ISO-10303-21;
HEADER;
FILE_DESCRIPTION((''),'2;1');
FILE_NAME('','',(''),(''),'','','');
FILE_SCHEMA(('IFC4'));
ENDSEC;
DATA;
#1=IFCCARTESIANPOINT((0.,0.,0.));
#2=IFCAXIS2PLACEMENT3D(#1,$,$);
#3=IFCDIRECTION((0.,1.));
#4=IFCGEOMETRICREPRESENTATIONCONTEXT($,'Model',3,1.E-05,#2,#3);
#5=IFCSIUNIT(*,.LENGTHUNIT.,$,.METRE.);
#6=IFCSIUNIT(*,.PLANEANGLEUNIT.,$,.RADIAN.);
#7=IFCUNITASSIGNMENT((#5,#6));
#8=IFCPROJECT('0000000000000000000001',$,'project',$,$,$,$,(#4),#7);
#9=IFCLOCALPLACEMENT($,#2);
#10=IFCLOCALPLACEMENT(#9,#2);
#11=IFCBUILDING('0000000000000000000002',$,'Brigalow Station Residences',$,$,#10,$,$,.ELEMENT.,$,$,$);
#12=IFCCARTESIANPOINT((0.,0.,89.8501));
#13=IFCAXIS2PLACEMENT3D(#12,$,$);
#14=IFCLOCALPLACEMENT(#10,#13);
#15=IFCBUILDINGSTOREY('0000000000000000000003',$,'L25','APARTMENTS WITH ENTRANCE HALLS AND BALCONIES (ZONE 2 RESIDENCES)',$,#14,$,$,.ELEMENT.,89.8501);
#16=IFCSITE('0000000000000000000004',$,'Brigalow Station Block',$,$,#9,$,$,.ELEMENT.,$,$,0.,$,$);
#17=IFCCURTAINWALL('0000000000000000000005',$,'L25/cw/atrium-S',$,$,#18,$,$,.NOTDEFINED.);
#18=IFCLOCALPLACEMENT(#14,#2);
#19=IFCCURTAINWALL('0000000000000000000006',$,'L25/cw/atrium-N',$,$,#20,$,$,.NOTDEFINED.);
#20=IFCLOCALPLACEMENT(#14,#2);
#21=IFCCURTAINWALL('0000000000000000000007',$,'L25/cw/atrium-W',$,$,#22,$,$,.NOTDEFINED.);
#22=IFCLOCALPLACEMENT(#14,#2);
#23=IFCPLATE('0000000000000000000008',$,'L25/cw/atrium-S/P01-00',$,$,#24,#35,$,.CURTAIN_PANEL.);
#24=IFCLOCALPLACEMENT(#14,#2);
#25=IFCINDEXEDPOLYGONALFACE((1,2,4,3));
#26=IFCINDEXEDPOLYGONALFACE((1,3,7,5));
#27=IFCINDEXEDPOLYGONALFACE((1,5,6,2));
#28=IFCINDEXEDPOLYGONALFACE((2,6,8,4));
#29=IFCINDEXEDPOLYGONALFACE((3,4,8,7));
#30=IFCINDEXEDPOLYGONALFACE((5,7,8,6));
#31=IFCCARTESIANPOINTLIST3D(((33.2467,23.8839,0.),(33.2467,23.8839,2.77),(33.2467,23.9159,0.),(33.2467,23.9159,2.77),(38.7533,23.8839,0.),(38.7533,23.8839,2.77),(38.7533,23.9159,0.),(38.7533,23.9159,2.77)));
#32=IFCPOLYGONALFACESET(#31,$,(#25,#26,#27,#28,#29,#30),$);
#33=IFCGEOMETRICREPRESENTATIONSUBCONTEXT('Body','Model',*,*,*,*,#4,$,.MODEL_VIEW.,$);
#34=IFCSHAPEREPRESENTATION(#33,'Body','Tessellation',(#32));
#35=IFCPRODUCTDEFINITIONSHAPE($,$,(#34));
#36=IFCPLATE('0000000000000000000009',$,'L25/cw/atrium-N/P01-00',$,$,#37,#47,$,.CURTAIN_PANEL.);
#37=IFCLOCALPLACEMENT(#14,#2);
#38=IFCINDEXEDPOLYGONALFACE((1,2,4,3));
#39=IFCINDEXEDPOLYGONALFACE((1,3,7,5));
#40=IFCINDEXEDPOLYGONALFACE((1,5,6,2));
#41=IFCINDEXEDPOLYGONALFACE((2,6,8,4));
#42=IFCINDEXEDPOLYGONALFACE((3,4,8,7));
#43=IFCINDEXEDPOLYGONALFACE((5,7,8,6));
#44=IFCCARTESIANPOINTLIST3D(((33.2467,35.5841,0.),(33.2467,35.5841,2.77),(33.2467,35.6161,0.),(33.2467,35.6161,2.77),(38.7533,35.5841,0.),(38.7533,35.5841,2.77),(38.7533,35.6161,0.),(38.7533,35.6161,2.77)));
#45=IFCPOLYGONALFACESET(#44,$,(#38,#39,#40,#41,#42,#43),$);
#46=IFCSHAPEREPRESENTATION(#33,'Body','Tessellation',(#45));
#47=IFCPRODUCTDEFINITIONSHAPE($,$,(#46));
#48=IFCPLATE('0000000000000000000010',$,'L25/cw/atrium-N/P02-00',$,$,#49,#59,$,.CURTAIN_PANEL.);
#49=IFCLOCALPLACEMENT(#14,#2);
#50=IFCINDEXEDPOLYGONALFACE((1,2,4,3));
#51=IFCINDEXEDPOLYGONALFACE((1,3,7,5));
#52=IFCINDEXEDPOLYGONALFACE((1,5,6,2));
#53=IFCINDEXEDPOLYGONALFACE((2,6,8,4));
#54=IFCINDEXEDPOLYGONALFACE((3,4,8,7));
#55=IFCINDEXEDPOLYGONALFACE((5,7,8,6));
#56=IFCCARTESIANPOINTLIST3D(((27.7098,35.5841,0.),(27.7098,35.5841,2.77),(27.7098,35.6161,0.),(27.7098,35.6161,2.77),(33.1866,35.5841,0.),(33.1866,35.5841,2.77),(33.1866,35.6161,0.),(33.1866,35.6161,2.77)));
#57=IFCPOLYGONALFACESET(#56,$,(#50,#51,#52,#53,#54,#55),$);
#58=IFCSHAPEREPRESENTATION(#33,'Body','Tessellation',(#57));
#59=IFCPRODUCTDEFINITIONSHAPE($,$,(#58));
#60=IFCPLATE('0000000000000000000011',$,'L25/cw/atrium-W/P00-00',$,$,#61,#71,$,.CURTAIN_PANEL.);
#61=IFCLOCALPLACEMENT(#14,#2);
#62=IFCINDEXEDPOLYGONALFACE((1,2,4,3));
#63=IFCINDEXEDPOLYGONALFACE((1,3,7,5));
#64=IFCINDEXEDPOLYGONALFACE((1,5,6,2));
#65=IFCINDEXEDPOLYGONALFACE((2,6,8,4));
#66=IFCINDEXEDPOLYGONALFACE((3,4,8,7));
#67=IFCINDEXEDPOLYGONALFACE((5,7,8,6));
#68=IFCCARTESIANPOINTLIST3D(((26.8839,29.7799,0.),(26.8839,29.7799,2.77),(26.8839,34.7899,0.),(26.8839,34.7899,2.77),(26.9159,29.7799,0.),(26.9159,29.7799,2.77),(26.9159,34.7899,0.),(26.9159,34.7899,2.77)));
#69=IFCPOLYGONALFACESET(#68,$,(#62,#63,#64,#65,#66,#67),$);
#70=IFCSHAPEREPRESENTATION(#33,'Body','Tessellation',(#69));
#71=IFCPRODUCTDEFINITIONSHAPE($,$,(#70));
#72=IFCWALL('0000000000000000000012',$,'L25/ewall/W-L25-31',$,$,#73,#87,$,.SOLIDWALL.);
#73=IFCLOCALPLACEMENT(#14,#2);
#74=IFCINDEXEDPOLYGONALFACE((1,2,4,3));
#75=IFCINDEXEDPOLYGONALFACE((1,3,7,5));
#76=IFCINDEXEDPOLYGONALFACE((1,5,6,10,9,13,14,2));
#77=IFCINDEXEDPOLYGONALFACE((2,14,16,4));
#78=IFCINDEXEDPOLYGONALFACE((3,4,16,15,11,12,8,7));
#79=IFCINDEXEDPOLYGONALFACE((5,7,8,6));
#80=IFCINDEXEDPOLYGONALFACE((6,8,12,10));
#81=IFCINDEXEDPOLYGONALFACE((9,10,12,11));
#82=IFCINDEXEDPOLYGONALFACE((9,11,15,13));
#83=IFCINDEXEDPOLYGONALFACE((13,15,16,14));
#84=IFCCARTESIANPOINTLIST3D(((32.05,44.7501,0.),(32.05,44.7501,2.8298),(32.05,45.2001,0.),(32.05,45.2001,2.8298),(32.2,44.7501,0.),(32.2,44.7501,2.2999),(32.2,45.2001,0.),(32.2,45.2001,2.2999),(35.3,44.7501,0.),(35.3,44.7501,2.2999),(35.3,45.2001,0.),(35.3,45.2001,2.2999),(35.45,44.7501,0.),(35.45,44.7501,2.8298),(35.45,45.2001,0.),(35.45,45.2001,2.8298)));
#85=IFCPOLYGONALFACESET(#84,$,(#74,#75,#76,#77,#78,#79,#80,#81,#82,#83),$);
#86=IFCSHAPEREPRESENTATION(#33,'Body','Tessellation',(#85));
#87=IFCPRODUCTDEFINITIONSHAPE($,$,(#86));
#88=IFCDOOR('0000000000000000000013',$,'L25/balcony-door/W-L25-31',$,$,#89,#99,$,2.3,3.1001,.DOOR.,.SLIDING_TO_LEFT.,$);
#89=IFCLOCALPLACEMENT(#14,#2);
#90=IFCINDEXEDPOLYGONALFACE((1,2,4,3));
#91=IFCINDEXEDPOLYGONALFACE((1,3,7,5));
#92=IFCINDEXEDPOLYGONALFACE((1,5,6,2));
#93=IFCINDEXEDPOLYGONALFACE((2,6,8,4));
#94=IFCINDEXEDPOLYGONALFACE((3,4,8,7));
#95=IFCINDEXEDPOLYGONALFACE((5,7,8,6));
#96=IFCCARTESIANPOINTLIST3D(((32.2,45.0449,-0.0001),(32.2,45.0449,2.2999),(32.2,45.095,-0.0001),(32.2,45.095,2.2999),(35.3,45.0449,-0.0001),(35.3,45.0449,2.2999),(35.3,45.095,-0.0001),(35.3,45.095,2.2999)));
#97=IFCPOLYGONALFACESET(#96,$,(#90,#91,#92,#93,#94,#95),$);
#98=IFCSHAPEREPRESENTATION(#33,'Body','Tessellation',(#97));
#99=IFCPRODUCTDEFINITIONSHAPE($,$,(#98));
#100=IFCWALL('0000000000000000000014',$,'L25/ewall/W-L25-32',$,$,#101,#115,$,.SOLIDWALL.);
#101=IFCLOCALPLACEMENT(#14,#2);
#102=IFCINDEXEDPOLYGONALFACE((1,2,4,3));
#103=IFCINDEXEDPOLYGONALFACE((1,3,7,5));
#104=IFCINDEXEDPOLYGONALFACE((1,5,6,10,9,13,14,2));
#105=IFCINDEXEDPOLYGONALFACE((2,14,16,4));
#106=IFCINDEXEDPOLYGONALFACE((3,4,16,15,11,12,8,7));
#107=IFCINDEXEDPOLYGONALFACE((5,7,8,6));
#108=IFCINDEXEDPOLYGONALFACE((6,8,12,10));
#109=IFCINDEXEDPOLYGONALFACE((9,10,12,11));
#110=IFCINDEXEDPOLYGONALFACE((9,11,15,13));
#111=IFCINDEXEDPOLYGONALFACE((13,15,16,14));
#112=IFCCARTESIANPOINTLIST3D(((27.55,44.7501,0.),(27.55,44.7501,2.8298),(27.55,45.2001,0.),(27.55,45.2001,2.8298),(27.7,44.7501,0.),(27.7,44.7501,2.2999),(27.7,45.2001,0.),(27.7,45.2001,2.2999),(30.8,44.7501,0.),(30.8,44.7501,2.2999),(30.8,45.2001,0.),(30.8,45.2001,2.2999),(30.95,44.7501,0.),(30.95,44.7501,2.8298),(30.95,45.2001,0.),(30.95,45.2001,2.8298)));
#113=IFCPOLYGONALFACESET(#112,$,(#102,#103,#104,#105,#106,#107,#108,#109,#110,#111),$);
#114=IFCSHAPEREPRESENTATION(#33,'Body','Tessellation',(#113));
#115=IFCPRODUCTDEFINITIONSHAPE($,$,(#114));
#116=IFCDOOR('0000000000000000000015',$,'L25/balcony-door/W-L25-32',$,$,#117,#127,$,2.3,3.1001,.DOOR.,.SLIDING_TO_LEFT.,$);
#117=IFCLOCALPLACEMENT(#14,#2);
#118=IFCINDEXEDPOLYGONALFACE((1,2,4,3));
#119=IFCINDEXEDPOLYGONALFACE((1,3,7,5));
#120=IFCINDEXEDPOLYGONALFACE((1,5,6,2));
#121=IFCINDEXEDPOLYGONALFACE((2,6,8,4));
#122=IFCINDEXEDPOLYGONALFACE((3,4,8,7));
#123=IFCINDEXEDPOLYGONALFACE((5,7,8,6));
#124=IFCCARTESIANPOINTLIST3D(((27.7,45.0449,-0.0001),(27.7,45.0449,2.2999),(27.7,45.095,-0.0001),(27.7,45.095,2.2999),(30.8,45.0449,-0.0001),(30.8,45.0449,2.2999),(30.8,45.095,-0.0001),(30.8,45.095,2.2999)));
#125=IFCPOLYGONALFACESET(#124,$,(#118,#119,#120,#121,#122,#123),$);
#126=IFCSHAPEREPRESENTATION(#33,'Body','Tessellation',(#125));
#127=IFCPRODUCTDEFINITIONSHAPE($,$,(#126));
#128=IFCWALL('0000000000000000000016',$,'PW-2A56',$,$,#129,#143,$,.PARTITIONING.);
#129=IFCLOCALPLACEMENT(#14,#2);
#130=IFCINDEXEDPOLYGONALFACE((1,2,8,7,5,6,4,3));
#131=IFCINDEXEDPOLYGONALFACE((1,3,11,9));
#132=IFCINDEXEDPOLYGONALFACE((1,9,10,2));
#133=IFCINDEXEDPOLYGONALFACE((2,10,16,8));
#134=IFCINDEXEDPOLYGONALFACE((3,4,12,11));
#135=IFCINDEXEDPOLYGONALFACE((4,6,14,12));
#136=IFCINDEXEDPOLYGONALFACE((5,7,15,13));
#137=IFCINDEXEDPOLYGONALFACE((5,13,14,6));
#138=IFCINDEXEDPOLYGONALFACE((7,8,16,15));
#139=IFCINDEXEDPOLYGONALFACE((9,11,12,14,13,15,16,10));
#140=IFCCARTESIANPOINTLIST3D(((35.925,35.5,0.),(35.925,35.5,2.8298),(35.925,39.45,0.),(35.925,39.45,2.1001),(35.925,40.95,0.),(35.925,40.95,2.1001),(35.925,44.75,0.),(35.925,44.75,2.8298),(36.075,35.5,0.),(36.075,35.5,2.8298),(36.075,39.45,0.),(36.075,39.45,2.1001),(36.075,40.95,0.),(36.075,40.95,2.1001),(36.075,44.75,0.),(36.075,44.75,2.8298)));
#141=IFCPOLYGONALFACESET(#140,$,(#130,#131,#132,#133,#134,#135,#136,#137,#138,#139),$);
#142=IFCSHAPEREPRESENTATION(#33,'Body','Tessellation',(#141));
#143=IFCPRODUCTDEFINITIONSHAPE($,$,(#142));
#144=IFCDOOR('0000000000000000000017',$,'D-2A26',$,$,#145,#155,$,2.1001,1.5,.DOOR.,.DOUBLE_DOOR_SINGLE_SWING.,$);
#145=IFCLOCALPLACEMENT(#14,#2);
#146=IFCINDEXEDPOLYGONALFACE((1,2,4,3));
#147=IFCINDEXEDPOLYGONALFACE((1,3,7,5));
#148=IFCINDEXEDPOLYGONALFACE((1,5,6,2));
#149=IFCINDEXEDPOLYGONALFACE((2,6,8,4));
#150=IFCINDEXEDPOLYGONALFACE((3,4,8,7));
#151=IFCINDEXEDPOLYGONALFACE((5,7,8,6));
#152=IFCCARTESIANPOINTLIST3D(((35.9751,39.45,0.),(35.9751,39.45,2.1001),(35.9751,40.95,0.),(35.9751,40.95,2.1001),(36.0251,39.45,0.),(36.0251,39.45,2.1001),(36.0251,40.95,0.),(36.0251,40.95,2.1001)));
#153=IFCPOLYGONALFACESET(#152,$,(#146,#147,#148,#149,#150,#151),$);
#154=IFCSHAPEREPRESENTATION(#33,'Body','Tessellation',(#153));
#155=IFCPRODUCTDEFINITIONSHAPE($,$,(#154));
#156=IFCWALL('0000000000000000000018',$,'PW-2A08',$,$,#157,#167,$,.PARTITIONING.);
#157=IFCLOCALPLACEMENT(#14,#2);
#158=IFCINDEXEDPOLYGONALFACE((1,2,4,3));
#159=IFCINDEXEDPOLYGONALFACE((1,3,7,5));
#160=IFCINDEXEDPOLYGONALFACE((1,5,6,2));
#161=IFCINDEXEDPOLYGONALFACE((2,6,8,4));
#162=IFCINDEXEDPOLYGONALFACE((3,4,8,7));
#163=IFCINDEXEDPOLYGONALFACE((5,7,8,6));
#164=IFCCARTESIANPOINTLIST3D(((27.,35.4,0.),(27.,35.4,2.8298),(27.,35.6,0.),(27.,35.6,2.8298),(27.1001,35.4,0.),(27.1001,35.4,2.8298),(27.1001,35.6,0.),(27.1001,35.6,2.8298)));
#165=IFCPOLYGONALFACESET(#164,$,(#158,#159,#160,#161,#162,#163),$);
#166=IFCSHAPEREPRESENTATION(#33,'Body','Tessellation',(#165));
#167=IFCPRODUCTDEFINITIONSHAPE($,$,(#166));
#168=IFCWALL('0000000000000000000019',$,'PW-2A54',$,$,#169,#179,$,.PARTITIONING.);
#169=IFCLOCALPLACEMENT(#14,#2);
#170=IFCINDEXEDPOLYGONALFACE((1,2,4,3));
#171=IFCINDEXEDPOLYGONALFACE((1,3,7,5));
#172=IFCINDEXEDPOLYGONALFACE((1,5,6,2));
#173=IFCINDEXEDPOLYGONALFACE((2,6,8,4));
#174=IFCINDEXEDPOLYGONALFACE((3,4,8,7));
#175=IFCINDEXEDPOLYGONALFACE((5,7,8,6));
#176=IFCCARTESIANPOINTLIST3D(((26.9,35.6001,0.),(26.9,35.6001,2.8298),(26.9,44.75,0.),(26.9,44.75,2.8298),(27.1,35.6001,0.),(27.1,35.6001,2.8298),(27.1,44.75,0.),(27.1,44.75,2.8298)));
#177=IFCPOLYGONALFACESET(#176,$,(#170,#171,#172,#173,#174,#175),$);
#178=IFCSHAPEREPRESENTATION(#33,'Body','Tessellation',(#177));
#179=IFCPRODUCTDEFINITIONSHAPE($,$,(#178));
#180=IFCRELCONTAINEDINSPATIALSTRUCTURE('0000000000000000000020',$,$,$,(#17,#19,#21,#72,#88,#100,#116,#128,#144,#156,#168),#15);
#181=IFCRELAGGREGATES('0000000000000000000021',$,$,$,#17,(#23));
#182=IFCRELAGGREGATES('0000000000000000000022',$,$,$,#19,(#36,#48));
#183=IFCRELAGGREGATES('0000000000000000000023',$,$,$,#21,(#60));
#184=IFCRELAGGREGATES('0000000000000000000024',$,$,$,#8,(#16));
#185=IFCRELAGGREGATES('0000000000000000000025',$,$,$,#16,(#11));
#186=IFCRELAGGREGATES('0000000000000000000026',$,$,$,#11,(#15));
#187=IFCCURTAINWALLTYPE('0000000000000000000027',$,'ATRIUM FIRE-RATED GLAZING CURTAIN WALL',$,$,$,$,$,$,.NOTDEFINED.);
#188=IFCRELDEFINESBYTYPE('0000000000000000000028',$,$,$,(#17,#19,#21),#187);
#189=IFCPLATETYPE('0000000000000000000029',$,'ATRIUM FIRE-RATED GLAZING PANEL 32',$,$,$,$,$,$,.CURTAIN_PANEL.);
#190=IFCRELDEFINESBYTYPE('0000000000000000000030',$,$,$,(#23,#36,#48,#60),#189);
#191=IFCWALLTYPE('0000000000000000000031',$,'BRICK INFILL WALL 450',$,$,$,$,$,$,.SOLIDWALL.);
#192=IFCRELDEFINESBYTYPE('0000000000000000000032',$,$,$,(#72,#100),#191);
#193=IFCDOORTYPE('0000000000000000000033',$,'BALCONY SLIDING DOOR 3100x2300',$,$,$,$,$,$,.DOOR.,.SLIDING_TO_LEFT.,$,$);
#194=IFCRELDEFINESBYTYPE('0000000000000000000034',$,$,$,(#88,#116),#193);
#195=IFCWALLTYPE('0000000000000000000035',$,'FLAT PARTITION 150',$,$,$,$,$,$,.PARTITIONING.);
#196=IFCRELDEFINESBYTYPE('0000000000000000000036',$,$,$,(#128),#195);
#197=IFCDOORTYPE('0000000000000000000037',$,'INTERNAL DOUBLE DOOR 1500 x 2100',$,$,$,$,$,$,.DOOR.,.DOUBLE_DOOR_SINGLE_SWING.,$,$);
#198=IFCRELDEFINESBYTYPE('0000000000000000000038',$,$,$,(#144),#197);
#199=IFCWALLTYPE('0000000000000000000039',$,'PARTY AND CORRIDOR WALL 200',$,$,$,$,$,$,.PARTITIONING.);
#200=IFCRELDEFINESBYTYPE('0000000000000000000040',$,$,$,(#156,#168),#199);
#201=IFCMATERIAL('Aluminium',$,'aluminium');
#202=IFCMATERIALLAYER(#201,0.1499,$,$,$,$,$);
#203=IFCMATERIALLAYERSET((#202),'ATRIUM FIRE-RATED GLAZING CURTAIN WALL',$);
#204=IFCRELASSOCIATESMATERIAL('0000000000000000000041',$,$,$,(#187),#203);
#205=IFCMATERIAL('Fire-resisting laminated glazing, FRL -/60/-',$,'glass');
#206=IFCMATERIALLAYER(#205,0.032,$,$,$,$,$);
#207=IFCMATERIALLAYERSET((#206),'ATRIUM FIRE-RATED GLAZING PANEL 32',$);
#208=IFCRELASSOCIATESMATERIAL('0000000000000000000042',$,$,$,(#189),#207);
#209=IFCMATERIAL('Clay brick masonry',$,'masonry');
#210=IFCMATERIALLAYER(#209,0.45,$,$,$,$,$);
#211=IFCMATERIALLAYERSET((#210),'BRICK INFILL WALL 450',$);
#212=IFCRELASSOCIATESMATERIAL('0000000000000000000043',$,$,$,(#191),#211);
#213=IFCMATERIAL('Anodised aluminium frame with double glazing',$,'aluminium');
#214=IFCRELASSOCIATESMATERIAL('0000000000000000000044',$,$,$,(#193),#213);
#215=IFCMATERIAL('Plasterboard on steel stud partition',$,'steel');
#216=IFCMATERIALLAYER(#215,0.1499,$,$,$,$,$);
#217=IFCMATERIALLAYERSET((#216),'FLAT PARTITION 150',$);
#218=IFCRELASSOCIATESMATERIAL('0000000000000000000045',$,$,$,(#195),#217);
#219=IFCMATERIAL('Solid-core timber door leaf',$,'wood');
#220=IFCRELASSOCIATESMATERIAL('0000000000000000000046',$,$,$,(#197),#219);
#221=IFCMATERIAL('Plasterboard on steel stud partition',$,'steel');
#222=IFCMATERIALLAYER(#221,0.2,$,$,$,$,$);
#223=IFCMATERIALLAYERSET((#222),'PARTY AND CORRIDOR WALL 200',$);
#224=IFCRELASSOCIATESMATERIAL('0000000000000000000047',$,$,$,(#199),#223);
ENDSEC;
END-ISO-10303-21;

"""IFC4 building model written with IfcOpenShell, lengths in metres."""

from ifc_helpers import new_model, si_unit, direction, frame, frame_2d, origin, origin_2d, place, context, subcontext, project, spatial, rectangle, extrude, material, layer, layer_set, type_object, element, fill, aggregate, save


model = new_model("IFC4")

# Units and contexts
model_context = context("Model", 3, precision=1e-05, world=origin(), true_north=direction((0.0, 1.0)))
body_context = subcontext(model_context, "Body", "Model", "MODEL_VIEW")
ifc_project = project(units=[si_unit("LENGTHUNIT", "METRE"), si_unit("PLANEANGLEUNIT", "RADIAN")], contexts=[model_context])

# Site, building, storey
site_placement = place(None, origin())
site = spatial("IfcSite", under=ifc_project, at=site_placement, Name="Brigalow Station Block", CompositionType="ELEMENT", RefElevation=0.0)
building_placement = place(site_placement, origin())
building = spatial("IfcBuilding", under=site, at=building_placement, Name="Brigalow Station Residences", CompositionType="ELEMENT")
storey_placement = place(building_placement, frame((0.0, 0.0, 89.8501)))
storey = spatial("IfcBuildingStorey", under=building, at=storey_placement, Name="L25", Description="APARTMENTS WITH ENTRANCE HALLS AND BALCONIES (ZONE 2 RESIDENCES)", CompositionType="ELEMENT", Elevation=89.8501)

# Curtain wall
ifc_material_1 = material(Name="Aluminium", Category="aluminium")
ifc_layer_1 = layer(ifc_material_1, 0.1499)
ifc_layer_set_1 = layer_set([ifc_layer_1], Name="ATRIUM FIRE-RATED GLAZING CURTAIN WALL")
curtain_wall_type = type_object("IfcCurtainWallType", Name="ATRIUM FIRE-RATED GLAZING CURTAIN WALL", PredefinedType="NOTDEFINED", material=ifc_layer_set_1)
curtain_wall_1_placement = place(storey_placement, origin())
curtain_wall_1 = element("IfcCurtainWall", 1, at=curtain_wall_1_placement, inside=storey, type_object=curtain_wall_type, Name="L25/cw/atrium-S", PredefinedType="NOTDEFINED")

# Curtain wall
curtain_wall_2_placement = place(storey_placement, origin())
curtain_wall_2 = element("IfcCurtainWall", 2, at=curtain_wall_2_placement, inside=storey, type_object=curtain_wall_type, Name="L25/cw/atrium-N", PredefinedType="NOTDEFINED")

# Curtain wall
curtain_wall_3_placement = place(storey_placement, origin())
curtain_wall_3 = element("IfcCurtainWall", 3, at=curtain_wall_3_placement, inside=storey, type_object=curtain_wall_type, Name="L25/cw/atrium-W", PredefinedType="NOTDEFINED")

# Plates
ifc_material_2 = material(Name="Fire-resisting laminated glazing, FRL -/60/-", Category="glass")
ifc_layer_2 = layer(ifc_material_2, 0.032)
ifc_layer_set_2 = layer_set([ifc_layer_2], Name="ATRIUM FIRE-RATED GLAZING PANEL 32")
plate_type = type_object("IfcPlateType", Name="ATRIUM FIRE-RATED GLAZING PANEL 32", PredefinedType="CURTAIN_PANEL", material=ifc_layer_set_2)
plate_1_placement = place(storey_placement, frame((36.0, 23.8999, 0.0), z_axis=(0.0, 0.0, 1.0), x_axis=(1.0, 0.0, 0.0)))
plate_1 = element("IfcPlate", 4, at=plate_1_placement, type_object=plate_type, Name="L25/cw/atrium-S/P01-00", PredefinedType="CURTAIN_PANEL", context=body_context, shape_type="SweptSolid", body=[
    extrude(rectangle(XDim=5.5066, YDim=0.032, at=origin_2d()), origin(), (0.0, 0.0, 1.0), 2.77),
])
aggregate(curtain_wall_1, [plate_1])
plate_2_placement = place(storey_placement, frame((36.0, 35.6001, 0.0), z_axis=(0.0, 0.0, 1.0), x_axis=(-1.0, 0.0, 0.0)))
plate_2 = element("IfcPlate", 5, at=plate_2_placement, type_object=plate_type, Name="L25/cw/atrium-N/P01-00", PredefinedType="CURTAIN_PANEL", context=body_context, shape_type="SweptSolid", body=[
    extrude(rectangle(XDim=5.5066, YDim=0.032, at=origin_2d()), origin(), (0.0, 0.0, 1.0), 2.77),
])
plate_3_placement = place(storey_placement, frame((30.4482, 35.6001, 0.0), z_axis=(0.0, 0.0, 1.0), x_axis=(-1.0, 0.0, 0.0)))
plate_3 = element("IfcPlate", 6, at=plate_3_placement, type_object=plate_type, Name="L25/cw/atrium-N/P02-00", PredefinedType="CURTAIN_PANEL", context=body_context, shape_type="SweptSolid", body=[
    extrude(rectangle(XDim=5.4768, YDim=0.032, at=origin_2d()), origin(), (0.0, 0.0, 1.0), 2.77),
])
aggregate(curtain_wall_2, [plate_2, plate_3])
plate_4_placement = place(storey_placement, frame((26.8999, 32.2849, 0.0), z_axis=(0.0, 0.0, 1.0), x_axis=(0.0, -1.0, 0.0)))
plate_4 = element("IfcPlate", 7, at=plate_4_placement, type_object=plate_type, Name="L25/cw/atrium-W/P00-00", PredefinedType="CURTAIN_PANEL", context=body_context, shape_type="SweptSolid", body=[
    extrude(rectangle(XDim=5.01, YDim=0.032, at=origin_2d()), origin(), (0.0, 0.0, 1.0), 2.77),
])
aggregate(curtain_wall_3, [plate_4])

# Walls, openings, doors
ifc_material_3 = material(Name="Clay brick masonry", Category="masonry")
ifc_layer_3 = layer(ifc_material_3, 0.45)
ifc_layer_set_3 = layer_set([ifc_layer_3], Name="BRICK INFILL WALL 450")
wall_type_1 = type_object("IfcWallType", Name="BRICK INFILL WALL 450", PredefinedType="SOLIDWALL", material=ifc_layer_set_3)
wall_1_placement = place(storey_placement, frame((35.45, 44.9751, 0.0), z_axis=(0.0, 0.0, 1.0), x_axis=(-1.0, 0.0, 0.0)))
wall_1 = element("IfcWall", 8, at=wall_1_placement, inside=storey, type_object=wall_type_1, Name="L25/ewall/W-L25-31", PredefinedType="SOLIDWALL", context=body_context, shape_type="SweptSolid", body=[
    extrude(rectangle(XDim=3.3999, YDim=0.45, at=frame_2d((1.7, 0.0))), origin(), (0.0, 0.0, 1.0), 2.8298),
])
opening_1_placement = place(wall_1_placement, frame((0.1499, 0.0, 0.0)))
opening_1 = element("IfcOpeningElement", 9, at=opening_1_placement, cuts=wall_1, PredefinedType="OPENING", context=body_context, shape_type="SweptSolid", body=[
    extrude(rectangle(XDim=3.1001, YDim=2.3, at=frame_2d((1.55, 1.1499))), frame((0.0, 0.2349, 0.0), z_axis=(0.0, -1.0, 0.0), x_axis=(1.0, 0.0, 0.0)), (0.0, 0.0, 1.0), 0.47),
])
ifc_material_4 = material(Name="Anodised aluminium frame with double glazing", Category="aluminium")
door_type_1 = type_object("IfcDoorType", Name="BALCONY SLIDING DOOR 3100x2300", OperationType="SLIDING_TO_LEFT", PredefinedType="DOOR", material=ifc_material_4)
door_1_placement = place(opening_1_placement, origin())
door_1 = element("IfcDoor", 10, at=door_1_placement, inside=storey, type_object=door_type_1, Name="L25/balcony-door/W-L25-31", OperationType="SLIDING_TO_LEFT", OverallHeight=2.3, OverallWidth=3.1001, PredefinedType="DOOR", context=body_context, shape_type="SweptSolid", body=[
    extrude(rectangle(XDim=3.1001, YDim=2.3, at=frame_2d((1.55, 1.1499))), frame((0.0, -0.0698, 0.0), z_axis=(0.0, -1.0, 0.0), x_axis=(1.0, 0.0, 0.0)), (0.0, 0.0, 1.0), 0.05),
])
fill(opening_1, door_1)
wall_2_placement = place(storey_placement, frame((30.95, 44.9751, 0.0), z_axis=(0.0, 0.0, 1.0), x_axis=(-1.0, 0.0, 0.0)))
wall_2 = element("IfcWall", 11, at=wall_2_placement, inside=storey, type_object=wall_type_1, Name="L25/ewall/W-L25-32", PredefinedType="SOLIDWALL", context=body_context, shape_type="SweptSolid", body=[
    extrude(rectangle(XDim=3.3999, YDim=0.45, at=frame_2d((1.7, 0.0))), origin(), (0.0, 0.0, 1.0), 2.8298),
])
opening_2_placement = place(wall_2_placement, frame((0.1499, 0.0, 0.0)))
opening_2 = element("IfcOpeningElement", 12, at=opening_2_placement, cuts=wall_2, PredefinedType="OPENING", context=body_context, shape_type="SweptSolid", body=[
    extrude(rectangle(XDim=3.1001, YDim=2.3, at=frame_2d((1.55, 1.1499))), frame((0.0, 0.2349, 0.0), z_axis=(0.0, -1.0, 0.0), x_axis=(1.0, 0.0, 0.0)), (0.0, 0.0, 1.0), 0.47),
])
door_2_placement = place(opening_2_placement, origin())
door_2 = element("IfcDoor", 13, at=door_2_placement, inside=storey, type_object=door_type_1, Name="L25/balcony-door/W-L25-32", OperationType="SLIDING_TO_LEFT", OverallHeight=2.3, OverallWidth=3.1001, PredefinedType="DOOR", context=body_context, shape_type="SweptSolid", body=[
    extrude(rectangle(XDim=3.1001, YDim=2.3, at=frame_2d((1.55, 1.1499))), frame((0.0, -0.0698, 0.0), z_axis=(0.0, -1.0, 0.0), x_axis=(1.0, 0.0, 0.0)), (0.0, 0.0, 1.0), 0.05),
])
fill(opening_2, door_2)
ifc_material_5 = material(Name="Plasterboard on steel stud partition", Category="steel")
ifc_layer_4 = layer(ifc_material_5, 0.1499)
ifc_layer_set_4 = layer_set([ifc_layer_4], Name="FLAT PARTITION 150")
wall_type_2 = type_object("IfcWallType", Name="FLAT PARTITION 150", PredefinedType="PARTITIONING", material=ifc_layer_set_4)
wall_3_placement = place(storey_placement, frame((36.0, 35.5, 0.0), z_axis=(0.0, 0.0, 1.0), x_axis=(0.0, 1.0, 0.0)))
wall_3 = element("IfcWall", 14, at=wall_3_placement, inside=storey, type_object=wall_type_2, Name="PW-2A56", PredefinedType="PARTITIONING", context=body_context, shape_type="SweptSolid", body=[
    extrude(rectangle(XDim=9.25, YDim=0.1499, at=frame_2d((4.625, 0.0))), origin(), (0.0, 0.0, 1.0), 2.8298),
])
opening_3_placement = place(wall_3_placement, frame((3.95, 0.0, 0.0)))
opening_3 = element("IfcOpeningElement", 15, at=opening_3_placement, cuts=wall_3, PredefinedType="OPENING", context=body_context, shape_type="SweptSolid", body=[
    extrude(rectangle(XDim=1.5, YDim=2.1001, at=frame_2d((0.75, 1.05))), frame((0.0, 0.085, 0.0), z_axis=(0.0, -1.0, 0.0), x_axis=(1.0, 0.0, 0.0)), (0.0, 0.0, 1.0), 0.1699),
])
ifc_material_6 = material(Name="Solid-core timber door leaf", Category="wood")
door_type_2 = type_object("IfcDoorType", Name="INTERNAL DOUBLE DOOR 1500 x 2100", OperationType="DOUBLE_DOOR_SINGLE_SWING", PredefinedType="DOOR", material=ifc_material_6)
door_3_placement = place(opening_3_placement, origin())
door_3 = element("IfcDoor", 16, at=door_3_placement, inside=storey, type_object=door_type_2, Name="D-2A26", OperationType="DOUBLE_DOOR_SINGLE_SWING", OverallHeight=2.1001, OverallWidth=1.5, PredefinedType="DOOR", context=body_context, shape_type="SweptSolid", body=[
    extrude(rectangle(XDim=1.5, YDim=2.1001, at=frame_2d((0.75, 1.05))), frame((0.0, 0.0249, 0.0), z_axis=(0.0, -1.0, 0.0), x_axis=(1.0, 0.0, 0.0)), (0.0, 0.0, 1.0), 0.05),
])
fill(opening_3, door_3)

# Walls
ifc_material_7 = material(Name="Plasterboard on steel stud partition", Category="steel")
ifc_layer_5 = layer(ifc_material_7, 0.2)
ifc_layer_set_5 = layer_set([ifc_layer_5], Name="PARTY AND CORRIDOR WALL 200")
wall_type_3 = type_object("IfcWallType", Name="PARTY AND CORRIDOR WALL 200", PredefinedType="PARTITIONING", material=ifc_layer_set_5)
wall_4_placement = place(storey_placement, frame((27.0, 35.5, 0.0), z_axis=(0.0, 0.0, 1.0), x_axis=(1.0, 0.0, 0.0)))
element("IfcWall", 17, at=wall_4_placement, inside=storey, type_object=wall_type_3, Name="PW-2A08", PredefinedType="PARTITIONING", context=body_context, shape_type="SweptSolid", body=[
    extrude(rectangle(XDim=0.1001, YDim=0.2, at=frame_2d((0.05, 0.0))), origin(), (0.0, 0.0, 1.0), 2.8298),
])
wall_5_placement = place(storey_placement, frame((27.0, 35.6001, 0.0), z_axis=(0.0, 0.0, 1.0), x_axis=(0.0, 1.0, 0.0)))
element("IfcWall", 18, at=wall_5_placement, inside=storey, type_object=wall_type_3, Name="PW-2A54", PredefinedType="PARTITIONING", context=body_context, shape_type="SweptSolid", body=[
    extrude(rectangle(XDim=9.1499, YDim=0.2, at=frame_2d((4.575, 0.0))), origin(), (0.0, 0.0, 1.0), 2.8298),
])

save(model, "model.ifc")
